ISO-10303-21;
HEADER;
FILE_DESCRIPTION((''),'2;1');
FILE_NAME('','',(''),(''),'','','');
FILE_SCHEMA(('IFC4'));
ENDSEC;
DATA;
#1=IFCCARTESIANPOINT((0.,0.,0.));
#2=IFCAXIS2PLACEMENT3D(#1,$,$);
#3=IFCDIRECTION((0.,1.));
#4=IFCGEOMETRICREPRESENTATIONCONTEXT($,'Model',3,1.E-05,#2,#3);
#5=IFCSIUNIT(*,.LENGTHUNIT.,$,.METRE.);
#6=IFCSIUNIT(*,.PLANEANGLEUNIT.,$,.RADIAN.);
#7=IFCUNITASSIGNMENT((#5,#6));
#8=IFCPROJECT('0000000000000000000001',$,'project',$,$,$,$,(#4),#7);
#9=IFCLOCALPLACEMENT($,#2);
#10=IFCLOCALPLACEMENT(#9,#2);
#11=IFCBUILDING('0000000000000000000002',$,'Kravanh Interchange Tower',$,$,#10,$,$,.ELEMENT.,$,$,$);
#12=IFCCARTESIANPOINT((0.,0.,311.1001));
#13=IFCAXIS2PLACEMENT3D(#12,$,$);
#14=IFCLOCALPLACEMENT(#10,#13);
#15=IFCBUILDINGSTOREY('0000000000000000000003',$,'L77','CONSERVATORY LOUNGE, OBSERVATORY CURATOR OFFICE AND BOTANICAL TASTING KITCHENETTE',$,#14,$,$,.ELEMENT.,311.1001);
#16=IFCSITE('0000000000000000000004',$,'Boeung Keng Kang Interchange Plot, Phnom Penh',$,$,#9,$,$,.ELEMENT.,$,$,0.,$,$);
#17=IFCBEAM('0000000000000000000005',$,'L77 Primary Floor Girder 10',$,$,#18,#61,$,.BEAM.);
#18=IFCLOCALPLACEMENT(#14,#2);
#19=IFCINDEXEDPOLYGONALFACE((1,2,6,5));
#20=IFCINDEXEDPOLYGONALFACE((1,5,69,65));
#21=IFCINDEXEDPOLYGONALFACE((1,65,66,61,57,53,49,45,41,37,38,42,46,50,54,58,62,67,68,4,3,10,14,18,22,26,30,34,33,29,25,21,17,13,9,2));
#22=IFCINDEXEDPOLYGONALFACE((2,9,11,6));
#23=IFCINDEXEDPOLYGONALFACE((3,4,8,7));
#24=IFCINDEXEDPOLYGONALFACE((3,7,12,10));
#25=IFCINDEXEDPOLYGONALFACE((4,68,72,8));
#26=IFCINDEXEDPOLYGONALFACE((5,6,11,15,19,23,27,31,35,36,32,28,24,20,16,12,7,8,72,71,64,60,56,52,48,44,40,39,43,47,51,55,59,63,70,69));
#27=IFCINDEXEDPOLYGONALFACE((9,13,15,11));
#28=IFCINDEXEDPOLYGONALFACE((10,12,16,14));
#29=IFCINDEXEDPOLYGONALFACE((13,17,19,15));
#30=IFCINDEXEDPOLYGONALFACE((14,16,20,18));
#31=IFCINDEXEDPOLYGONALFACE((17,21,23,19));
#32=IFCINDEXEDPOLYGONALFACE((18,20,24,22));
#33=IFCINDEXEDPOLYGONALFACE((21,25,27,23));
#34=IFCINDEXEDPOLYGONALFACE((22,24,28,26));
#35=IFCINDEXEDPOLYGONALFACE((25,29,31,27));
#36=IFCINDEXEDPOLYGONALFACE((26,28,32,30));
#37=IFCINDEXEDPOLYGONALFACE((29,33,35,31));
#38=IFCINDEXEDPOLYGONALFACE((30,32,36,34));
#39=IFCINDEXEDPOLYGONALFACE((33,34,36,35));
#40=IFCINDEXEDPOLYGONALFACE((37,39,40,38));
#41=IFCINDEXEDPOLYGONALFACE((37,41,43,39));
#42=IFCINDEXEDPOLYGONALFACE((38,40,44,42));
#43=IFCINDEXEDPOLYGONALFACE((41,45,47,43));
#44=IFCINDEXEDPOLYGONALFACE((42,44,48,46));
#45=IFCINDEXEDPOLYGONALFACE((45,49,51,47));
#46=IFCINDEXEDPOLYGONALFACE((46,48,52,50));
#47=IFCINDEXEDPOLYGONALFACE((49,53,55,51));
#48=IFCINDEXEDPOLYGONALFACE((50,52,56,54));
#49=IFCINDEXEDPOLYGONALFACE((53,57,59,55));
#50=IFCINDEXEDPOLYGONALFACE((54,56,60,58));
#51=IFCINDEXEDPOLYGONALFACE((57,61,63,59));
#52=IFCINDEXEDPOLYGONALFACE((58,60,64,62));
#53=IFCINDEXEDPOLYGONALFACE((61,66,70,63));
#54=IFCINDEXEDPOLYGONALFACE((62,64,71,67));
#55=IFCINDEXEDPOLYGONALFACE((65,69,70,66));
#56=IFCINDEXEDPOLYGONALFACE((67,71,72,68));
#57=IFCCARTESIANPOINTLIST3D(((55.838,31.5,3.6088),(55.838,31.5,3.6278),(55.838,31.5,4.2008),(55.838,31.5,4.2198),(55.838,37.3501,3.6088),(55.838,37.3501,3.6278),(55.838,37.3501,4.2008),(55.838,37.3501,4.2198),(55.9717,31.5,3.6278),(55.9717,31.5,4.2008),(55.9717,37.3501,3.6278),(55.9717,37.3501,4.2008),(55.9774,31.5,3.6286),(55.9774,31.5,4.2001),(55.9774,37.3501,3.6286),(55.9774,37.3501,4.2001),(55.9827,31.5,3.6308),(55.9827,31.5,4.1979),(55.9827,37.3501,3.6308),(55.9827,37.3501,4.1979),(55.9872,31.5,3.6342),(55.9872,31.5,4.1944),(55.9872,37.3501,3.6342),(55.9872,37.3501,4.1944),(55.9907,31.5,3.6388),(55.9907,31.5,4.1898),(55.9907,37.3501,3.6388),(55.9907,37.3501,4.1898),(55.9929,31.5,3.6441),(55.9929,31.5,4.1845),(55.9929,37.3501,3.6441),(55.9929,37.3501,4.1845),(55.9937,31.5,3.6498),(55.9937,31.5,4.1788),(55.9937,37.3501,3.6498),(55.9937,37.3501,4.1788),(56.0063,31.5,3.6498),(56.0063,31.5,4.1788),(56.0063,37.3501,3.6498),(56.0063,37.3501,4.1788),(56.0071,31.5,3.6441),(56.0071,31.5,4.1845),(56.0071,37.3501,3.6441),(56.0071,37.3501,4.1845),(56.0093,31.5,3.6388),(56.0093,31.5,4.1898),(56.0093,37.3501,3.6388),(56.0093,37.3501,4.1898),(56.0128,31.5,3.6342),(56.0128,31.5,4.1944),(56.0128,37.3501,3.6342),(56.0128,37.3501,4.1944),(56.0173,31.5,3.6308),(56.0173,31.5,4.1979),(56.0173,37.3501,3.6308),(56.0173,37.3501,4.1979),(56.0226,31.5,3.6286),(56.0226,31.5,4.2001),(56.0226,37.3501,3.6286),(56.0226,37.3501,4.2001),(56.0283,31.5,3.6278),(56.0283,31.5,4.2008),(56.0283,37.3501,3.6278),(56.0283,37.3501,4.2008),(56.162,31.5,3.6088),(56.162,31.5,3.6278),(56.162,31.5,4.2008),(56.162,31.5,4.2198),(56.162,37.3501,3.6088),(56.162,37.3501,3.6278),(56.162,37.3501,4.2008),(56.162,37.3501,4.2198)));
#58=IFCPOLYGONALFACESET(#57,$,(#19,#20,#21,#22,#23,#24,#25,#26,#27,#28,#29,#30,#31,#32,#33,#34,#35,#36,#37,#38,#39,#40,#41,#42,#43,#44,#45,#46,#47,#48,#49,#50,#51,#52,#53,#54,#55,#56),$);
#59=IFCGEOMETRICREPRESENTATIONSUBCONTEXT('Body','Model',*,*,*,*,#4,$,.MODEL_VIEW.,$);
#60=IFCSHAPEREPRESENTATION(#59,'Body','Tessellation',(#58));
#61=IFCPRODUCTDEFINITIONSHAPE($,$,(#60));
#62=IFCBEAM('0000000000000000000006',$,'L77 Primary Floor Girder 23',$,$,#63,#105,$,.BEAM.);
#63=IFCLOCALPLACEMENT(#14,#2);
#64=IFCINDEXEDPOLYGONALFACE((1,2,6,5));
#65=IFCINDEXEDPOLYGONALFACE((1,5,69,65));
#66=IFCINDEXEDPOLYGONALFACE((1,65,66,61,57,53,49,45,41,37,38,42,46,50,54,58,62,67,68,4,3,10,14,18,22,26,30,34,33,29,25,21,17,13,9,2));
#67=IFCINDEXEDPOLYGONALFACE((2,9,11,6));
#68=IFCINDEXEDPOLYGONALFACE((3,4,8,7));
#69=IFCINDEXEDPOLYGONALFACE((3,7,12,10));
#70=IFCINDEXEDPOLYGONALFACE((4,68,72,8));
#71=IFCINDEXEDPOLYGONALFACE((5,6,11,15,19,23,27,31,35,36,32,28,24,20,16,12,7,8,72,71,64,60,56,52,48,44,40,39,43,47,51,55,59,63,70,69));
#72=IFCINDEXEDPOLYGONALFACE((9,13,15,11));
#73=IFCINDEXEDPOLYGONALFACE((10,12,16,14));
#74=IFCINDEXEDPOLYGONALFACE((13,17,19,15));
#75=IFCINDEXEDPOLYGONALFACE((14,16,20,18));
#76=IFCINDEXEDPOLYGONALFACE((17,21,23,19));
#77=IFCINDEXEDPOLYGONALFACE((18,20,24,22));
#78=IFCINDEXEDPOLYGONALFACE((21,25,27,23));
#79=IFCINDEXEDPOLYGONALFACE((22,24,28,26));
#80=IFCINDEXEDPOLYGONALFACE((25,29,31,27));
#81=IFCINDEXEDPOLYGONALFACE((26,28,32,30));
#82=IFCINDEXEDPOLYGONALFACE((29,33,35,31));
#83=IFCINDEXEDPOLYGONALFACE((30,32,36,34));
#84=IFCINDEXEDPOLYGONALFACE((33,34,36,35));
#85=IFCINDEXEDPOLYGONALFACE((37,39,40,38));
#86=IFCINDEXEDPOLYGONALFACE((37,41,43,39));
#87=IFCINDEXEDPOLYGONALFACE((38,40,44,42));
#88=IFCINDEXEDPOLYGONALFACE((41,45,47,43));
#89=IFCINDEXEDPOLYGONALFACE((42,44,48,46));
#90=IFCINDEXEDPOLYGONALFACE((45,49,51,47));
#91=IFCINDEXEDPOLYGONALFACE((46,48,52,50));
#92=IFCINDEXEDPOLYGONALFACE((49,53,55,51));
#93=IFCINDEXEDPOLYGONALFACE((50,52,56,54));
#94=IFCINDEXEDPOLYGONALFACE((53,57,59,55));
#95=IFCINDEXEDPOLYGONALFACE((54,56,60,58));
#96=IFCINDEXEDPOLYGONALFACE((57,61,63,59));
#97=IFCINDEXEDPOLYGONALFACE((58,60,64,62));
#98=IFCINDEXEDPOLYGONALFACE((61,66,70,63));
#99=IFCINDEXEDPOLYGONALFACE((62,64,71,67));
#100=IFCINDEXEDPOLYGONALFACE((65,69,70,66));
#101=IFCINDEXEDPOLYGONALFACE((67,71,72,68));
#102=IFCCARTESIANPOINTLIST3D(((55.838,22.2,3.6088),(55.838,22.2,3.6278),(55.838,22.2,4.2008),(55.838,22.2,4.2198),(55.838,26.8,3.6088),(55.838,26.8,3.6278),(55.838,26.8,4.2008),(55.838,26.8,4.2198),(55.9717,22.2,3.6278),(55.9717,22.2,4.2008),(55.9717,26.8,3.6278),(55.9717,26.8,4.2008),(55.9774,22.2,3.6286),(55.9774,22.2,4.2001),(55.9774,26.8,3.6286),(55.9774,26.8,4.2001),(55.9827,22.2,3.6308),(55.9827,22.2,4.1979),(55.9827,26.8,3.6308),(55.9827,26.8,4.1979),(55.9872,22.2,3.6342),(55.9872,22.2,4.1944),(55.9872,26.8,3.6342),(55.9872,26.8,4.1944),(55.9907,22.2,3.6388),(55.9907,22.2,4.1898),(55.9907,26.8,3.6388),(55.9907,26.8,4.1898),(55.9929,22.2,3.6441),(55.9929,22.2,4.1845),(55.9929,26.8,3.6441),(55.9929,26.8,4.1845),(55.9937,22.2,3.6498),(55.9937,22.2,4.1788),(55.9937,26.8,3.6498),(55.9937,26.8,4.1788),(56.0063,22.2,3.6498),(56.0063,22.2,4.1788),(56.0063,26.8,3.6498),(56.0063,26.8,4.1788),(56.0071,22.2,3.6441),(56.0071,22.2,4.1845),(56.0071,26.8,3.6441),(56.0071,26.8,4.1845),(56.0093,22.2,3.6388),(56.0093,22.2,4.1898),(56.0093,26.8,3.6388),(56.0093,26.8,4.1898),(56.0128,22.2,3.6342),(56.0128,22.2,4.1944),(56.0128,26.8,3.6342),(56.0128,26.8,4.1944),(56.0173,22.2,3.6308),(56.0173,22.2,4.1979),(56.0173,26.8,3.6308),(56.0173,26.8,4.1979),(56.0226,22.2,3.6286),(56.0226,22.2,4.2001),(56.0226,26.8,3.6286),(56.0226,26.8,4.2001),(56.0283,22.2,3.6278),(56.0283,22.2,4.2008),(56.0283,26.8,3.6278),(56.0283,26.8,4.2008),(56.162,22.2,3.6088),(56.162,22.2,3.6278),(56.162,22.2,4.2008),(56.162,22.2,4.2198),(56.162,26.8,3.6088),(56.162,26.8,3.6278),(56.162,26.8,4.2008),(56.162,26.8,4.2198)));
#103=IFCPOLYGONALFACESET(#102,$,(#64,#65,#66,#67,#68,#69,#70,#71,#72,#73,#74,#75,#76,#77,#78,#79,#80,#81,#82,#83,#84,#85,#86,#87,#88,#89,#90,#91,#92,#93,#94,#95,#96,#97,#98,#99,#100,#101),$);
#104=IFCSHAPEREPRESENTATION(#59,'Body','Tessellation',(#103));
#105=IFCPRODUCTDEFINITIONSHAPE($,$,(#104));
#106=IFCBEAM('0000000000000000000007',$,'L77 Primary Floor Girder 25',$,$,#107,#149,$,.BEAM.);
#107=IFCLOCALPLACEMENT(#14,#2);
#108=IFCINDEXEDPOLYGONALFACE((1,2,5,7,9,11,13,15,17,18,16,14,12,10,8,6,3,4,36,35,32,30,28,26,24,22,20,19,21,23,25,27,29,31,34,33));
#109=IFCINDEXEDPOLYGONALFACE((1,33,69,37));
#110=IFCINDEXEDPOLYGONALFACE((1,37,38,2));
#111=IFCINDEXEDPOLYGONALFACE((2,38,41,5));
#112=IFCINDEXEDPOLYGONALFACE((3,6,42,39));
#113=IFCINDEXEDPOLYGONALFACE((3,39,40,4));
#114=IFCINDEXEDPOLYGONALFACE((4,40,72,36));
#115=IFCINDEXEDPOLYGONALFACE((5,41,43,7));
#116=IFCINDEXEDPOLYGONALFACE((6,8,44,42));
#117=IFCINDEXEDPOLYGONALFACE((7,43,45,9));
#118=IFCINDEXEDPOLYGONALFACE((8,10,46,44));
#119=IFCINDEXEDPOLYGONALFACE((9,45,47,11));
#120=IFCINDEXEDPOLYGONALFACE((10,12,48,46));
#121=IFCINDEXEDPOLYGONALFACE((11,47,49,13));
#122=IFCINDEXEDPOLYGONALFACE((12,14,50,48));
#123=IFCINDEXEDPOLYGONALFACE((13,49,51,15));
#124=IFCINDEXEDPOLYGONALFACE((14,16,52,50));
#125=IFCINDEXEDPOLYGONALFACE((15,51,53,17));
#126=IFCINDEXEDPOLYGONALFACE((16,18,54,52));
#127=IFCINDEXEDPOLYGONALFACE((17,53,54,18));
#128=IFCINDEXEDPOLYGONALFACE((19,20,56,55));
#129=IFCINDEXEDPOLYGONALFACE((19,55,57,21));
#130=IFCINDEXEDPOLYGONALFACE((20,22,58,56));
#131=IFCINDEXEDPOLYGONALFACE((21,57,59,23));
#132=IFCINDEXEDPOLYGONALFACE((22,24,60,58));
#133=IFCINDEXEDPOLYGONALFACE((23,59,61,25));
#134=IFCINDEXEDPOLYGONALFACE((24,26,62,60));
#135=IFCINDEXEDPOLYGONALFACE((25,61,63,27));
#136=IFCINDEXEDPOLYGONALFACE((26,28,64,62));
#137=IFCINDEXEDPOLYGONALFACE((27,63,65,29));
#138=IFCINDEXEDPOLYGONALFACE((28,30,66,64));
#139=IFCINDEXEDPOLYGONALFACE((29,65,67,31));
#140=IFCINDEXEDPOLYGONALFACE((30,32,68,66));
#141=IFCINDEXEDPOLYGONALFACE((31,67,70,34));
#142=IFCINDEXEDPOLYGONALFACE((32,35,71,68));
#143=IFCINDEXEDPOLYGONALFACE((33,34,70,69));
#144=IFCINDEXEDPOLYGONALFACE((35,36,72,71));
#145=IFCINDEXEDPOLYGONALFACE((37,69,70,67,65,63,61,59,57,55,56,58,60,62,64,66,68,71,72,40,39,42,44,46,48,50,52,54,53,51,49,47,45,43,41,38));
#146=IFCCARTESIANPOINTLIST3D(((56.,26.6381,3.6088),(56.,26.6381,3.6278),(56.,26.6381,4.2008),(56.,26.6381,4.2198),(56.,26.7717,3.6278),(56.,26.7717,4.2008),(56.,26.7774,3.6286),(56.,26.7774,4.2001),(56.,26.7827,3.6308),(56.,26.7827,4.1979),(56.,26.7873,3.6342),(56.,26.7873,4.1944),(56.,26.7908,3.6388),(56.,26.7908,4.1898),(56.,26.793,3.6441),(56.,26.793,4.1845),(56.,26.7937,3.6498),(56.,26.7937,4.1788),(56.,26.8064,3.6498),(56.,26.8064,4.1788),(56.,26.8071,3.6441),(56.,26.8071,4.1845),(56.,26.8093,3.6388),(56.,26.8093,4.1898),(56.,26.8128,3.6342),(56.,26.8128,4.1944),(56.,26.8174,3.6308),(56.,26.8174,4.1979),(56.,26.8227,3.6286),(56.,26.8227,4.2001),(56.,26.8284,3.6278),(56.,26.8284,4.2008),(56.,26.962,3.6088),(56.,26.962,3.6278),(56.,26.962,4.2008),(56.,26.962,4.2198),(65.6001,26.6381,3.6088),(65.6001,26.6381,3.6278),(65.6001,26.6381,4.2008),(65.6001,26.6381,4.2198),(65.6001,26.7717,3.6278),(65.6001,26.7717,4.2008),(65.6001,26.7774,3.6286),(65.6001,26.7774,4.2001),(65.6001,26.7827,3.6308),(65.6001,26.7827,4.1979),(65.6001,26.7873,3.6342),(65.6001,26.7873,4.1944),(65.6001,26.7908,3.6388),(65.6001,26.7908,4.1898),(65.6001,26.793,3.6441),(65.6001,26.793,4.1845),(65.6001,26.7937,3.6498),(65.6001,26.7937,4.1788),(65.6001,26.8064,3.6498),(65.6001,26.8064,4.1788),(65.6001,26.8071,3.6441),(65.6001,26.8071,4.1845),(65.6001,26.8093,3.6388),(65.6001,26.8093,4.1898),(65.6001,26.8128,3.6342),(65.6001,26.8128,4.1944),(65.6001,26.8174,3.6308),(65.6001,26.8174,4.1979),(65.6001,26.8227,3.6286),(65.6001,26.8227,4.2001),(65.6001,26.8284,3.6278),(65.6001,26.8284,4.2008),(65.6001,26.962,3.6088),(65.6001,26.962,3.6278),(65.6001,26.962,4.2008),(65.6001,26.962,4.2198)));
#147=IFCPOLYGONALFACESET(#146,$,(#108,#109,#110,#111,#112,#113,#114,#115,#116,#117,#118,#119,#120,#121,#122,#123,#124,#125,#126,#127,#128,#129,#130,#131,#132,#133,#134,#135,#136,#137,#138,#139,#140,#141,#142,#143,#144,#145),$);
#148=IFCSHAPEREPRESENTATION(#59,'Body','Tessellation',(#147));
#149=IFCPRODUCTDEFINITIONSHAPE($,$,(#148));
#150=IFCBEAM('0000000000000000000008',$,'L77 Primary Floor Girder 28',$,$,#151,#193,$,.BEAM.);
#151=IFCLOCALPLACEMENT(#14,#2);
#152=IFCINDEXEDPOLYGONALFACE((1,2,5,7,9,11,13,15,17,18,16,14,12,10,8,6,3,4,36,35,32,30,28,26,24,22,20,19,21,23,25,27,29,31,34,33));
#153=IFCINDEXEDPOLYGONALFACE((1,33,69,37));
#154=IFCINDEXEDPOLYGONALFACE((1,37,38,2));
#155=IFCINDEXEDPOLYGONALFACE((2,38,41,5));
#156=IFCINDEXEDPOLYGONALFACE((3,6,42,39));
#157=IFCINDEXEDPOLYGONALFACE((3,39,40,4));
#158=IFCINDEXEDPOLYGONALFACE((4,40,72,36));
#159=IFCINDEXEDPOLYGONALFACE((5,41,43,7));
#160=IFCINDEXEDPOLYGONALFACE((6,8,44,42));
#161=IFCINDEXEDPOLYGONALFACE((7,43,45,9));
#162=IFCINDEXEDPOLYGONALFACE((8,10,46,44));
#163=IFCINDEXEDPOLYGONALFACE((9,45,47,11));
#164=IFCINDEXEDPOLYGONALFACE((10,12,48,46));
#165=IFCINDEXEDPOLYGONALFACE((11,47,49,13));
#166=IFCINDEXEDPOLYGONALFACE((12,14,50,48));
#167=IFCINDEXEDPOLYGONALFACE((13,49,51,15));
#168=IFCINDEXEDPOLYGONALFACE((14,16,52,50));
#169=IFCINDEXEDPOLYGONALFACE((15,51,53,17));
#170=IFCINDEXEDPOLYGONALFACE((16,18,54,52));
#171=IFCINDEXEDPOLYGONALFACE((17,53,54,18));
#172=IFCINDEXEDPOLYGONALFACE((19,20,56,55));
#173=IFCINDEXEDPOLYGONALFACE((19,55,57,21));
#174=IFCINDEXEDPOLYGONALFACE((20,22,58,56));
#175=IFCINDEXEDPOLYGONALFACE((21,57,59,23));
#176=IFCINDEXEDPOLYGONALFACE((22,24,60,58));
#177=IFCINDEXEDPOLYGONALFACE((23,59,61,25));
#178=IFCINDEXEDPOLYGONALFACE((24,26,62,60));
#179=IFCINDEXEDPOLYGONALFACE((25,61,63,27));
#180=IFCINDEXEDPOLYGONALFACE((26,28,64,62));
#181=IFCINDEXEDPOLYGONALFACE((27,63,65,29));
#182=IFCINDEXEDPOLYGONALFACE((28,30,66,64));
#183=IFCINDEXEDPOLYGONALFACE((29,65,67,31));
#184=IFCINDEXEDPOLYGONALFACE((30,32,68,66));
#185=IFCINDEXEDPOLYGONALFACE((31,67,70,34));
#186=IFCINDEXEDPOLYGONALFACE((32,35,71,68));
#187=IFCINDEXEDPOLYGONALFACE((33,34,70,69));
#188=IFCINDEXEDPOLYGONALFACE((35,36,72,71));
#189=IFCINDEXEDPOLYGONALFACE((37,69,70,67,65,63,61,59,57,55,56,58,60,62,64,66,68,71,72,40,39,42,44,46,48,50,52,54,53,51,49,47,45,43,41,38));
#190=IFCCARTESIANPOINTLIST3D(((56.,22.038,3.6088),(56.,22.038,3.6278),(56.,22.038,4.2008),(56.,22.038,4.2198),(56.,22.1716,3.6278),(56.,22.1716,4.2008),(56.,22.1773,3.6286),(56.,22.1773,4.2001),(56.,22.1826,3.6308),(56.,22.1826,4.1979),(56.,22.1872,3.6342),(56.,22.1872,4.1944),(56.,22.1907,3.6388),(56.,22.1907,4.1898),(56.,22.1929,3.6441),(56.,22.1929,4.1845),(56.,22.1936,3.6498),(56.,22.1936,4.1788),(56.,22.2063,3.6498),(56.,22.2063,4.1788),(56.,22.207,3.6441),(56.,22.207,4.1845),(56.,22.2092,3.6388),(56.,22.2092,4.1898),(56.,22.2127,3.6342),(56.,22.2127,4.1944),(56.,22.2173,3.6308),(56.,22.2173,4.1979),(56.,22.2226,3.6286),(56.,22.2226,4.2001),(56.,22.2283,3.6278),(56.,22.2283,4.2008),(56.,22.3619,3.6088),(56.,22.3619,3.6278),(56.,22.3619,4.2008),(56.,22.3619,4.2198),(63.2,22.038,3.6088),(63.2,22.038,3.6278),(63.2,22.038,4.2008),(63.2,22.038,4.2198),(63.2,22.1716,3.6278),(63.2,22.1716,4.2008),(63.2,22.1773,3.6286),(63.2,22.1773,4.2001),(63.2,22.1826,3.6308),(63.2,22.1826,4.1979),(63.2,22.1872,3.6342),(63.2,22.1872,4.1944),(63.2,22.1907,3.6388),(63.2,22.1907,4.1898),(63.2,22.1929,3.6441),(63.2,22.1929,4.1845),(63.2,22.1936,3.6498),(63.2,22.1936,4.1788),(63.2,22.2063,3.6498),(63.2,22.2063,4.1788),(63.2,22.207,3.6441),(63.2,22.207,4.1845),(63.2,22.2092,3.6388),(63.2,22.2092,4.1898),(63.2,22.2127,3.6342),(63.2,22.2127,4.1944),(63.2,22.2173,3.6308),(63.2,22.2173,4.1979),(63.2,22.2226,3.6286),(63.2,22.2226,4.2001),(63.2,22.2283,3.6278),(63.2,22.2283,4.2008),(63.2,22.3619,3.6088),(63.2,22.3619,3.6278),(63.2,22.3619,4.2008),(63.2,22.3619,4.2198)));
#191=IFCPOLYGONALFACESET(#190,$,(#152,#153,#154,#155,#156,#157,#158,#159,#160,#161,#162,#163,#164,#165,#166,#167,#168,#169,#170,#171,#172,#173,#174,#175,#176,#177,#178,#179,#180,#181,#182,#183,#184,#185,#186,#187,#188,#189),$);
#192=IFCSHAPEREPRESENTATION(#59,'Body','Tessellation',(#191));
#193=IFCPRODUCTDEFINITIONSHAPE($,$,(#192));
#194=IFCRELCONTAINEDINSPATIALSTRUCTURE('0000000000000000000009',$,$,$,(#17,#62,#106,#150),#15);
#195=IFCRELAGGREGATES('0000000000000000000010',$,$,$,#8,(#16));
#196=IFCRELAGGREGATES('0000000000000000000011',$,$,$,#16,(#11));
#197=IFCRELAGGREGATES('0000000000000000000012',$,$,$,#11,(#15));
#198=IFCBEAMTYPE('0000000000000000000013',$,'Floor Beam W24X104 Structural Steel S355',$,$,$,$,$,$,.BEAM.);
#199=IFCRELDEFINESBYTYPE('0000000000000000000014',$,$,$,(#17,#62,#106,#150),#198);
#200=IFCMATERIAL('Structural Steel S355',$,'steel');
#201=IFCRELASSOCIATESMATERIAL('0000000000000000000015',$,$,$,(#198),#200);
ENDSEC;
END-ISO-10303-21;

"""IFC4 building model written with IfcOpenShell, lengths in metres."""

from ifc_helpers import new_model, si_unit, direction, frame, origin, origin_2d, place, context, subcontext, project, spatial, i_section, extrude, material, material_profile, profile_set, type_object, element, save


model = new_model("IFC4")

# Units and contexts
model_context = context("Model", 3, precision=1e-05, world=origin(), true_north=direction((0.0, 1.0)))
body_context = subcontext(model_context, "Body", "Model", "MODEL_VIEW")
ifc_project = project(units=[si_unit("LENGTHUNIT", "METRE"), si_unit("PLANEANGLEUNIT", "RADIAN")], contexts=[model_context])

# Site, building, storey
site_placement = place(None, origin())
site = spatial("IfcSite", under=ifc_project, at=site_placement, Name="Boeung Keng Kang Interchange Plot, Phnom Penh", CompositionType="ELEMENT", RefElevation=0.0)
building_placement = place(site_placement, origin())
building = spatial("IfcBuilding", under=site, at=building_placement, Name="Kravanh Interchange Tower", CompositionType="ELEMENT")
storey_placement = place(building_placement, frame((0.0, 0.0, 311.1001)))
storey = spatial("IfcBuildingStorey", under=building, at=storey_placement, Name="L77", Description="CONSERVATORY LOUNGE, OBSERVATORY CURATOR OFFICE AND BOTANICAL TASTING KITCHENETTE", CompositionType="ELEMENT", Elevation=311.1001)

# Beams
ifc_material_1 = material(Name="Structural Steel S355", Category="steel")
ifc_material_profile_1 = material_profile(ifc_material_1, i_section(OverallWidth=0.324, OverallDepth=0.6111, WebThickness=0.0127, FlangeThickness=0.019, FilletRadius=0.022, at=origin_2d()), Name="W24X104")
ifc_profile_set_1 = profile_set([ifc_material_profile_1], Name="Structural Steel S355")
beam_type_1 = type_object("IfcBeamType", Name="Floor Beam W24X104 Structural Steel S355", PredefinedType="BEAM", material=ifc_profile_set_1)
beam_1_placement = place(storey_placement, frame((56.0, 31.5, 3.9143), z_axis=(0.0, 1.0, 0.0), x_axis=(-1.0, 0.0, 0.0)))
element("IfcBeam", 1, at=beam_1_placement, inside=storey, type_object=beam_type_1, Name="L77 Primary Floor Girder 10", PredefinedType="BEAM", context=body_context, shape_type="SweptSolid", body=[
    extrude(i_section(OverallWidth=0.324, OverallDepth=0.6111, WebThickness=0.0127, FlangeThickness=0.019, FilletRadius=0.022, at=origin_2d()), origin(), (0.0, 0.0, 1.0), 5.8501),
])
beam_2_placement = place(storey_placement, frame((56.0, 26.8, 3.9143), z_axis=(0.0, -1.0, 0.0), x_axis=(1.0, 0.0, 0.0)))
element("IfcBeam", 2, at=beam_2_placement, inside=storey, type_object=beam_type_1, Name="L77 Primary Floor Girder 23", PredefinedType="BEAM", context=body_context, shape_type="SweptSolid", body=[
    extrude(i_section(OverallWidth=0.324, OverallDepth=0.6111, WebThickness=0.0127, FlangeThickness=0.019, FilletRadius=0.022, at=origin_2d()), origin(), (0.0, 0.0, 1.0), 4.6001),
])
beam_3_placement = place(storey_placement, frame((56.0, 26.8, 3.9143), z_axis=(1.0, 0.0, 0.0), x_axis=(0.0, 1.0, 0.0)))
element("IfcBeam", 3, at=beam_3_placement, inside=storey, type_object=beam_type_1, Name="L77 Primary Floor Girder 25", PredefinedType="BEAM", context=body_context, shape_type="SweptSolid", body=[
    extrude(i_section(OverallWidth=0.324, OverallDepth=0.6111, WebThickness=0.0127, FlangeThickness=0.019, FilletRadius=0.022, at=origin_2d()), origin(), (0.0, 0.0, 1.0), 9.6001),
])
beam_4_placement = place(storey_placement, frame((56.0, 22.2, 3.9143), z_axis=(1.0, 0.0, 0.0), x_axis=(0.0, 1.0, 0.0)))
element("IfcBeam", 4, at=beam_4_placement, inside=storey, type_object=beam_type_1, Name="L77 Primary Floor Girder 28", PredefinedType="BEAM", context=body_context, shape_type="SweptSolid", body=[
    extrude(i_section(OverallWidth=0.324, OverallDepth=0.6111, WebThickness=0.0127, FlangeThickness=0.019, FilletRadius=0.022, at=origin_2d()), origin(), (0.0, 0.0, 1.0), 7.2),
])

save(model, "model.ifc")
